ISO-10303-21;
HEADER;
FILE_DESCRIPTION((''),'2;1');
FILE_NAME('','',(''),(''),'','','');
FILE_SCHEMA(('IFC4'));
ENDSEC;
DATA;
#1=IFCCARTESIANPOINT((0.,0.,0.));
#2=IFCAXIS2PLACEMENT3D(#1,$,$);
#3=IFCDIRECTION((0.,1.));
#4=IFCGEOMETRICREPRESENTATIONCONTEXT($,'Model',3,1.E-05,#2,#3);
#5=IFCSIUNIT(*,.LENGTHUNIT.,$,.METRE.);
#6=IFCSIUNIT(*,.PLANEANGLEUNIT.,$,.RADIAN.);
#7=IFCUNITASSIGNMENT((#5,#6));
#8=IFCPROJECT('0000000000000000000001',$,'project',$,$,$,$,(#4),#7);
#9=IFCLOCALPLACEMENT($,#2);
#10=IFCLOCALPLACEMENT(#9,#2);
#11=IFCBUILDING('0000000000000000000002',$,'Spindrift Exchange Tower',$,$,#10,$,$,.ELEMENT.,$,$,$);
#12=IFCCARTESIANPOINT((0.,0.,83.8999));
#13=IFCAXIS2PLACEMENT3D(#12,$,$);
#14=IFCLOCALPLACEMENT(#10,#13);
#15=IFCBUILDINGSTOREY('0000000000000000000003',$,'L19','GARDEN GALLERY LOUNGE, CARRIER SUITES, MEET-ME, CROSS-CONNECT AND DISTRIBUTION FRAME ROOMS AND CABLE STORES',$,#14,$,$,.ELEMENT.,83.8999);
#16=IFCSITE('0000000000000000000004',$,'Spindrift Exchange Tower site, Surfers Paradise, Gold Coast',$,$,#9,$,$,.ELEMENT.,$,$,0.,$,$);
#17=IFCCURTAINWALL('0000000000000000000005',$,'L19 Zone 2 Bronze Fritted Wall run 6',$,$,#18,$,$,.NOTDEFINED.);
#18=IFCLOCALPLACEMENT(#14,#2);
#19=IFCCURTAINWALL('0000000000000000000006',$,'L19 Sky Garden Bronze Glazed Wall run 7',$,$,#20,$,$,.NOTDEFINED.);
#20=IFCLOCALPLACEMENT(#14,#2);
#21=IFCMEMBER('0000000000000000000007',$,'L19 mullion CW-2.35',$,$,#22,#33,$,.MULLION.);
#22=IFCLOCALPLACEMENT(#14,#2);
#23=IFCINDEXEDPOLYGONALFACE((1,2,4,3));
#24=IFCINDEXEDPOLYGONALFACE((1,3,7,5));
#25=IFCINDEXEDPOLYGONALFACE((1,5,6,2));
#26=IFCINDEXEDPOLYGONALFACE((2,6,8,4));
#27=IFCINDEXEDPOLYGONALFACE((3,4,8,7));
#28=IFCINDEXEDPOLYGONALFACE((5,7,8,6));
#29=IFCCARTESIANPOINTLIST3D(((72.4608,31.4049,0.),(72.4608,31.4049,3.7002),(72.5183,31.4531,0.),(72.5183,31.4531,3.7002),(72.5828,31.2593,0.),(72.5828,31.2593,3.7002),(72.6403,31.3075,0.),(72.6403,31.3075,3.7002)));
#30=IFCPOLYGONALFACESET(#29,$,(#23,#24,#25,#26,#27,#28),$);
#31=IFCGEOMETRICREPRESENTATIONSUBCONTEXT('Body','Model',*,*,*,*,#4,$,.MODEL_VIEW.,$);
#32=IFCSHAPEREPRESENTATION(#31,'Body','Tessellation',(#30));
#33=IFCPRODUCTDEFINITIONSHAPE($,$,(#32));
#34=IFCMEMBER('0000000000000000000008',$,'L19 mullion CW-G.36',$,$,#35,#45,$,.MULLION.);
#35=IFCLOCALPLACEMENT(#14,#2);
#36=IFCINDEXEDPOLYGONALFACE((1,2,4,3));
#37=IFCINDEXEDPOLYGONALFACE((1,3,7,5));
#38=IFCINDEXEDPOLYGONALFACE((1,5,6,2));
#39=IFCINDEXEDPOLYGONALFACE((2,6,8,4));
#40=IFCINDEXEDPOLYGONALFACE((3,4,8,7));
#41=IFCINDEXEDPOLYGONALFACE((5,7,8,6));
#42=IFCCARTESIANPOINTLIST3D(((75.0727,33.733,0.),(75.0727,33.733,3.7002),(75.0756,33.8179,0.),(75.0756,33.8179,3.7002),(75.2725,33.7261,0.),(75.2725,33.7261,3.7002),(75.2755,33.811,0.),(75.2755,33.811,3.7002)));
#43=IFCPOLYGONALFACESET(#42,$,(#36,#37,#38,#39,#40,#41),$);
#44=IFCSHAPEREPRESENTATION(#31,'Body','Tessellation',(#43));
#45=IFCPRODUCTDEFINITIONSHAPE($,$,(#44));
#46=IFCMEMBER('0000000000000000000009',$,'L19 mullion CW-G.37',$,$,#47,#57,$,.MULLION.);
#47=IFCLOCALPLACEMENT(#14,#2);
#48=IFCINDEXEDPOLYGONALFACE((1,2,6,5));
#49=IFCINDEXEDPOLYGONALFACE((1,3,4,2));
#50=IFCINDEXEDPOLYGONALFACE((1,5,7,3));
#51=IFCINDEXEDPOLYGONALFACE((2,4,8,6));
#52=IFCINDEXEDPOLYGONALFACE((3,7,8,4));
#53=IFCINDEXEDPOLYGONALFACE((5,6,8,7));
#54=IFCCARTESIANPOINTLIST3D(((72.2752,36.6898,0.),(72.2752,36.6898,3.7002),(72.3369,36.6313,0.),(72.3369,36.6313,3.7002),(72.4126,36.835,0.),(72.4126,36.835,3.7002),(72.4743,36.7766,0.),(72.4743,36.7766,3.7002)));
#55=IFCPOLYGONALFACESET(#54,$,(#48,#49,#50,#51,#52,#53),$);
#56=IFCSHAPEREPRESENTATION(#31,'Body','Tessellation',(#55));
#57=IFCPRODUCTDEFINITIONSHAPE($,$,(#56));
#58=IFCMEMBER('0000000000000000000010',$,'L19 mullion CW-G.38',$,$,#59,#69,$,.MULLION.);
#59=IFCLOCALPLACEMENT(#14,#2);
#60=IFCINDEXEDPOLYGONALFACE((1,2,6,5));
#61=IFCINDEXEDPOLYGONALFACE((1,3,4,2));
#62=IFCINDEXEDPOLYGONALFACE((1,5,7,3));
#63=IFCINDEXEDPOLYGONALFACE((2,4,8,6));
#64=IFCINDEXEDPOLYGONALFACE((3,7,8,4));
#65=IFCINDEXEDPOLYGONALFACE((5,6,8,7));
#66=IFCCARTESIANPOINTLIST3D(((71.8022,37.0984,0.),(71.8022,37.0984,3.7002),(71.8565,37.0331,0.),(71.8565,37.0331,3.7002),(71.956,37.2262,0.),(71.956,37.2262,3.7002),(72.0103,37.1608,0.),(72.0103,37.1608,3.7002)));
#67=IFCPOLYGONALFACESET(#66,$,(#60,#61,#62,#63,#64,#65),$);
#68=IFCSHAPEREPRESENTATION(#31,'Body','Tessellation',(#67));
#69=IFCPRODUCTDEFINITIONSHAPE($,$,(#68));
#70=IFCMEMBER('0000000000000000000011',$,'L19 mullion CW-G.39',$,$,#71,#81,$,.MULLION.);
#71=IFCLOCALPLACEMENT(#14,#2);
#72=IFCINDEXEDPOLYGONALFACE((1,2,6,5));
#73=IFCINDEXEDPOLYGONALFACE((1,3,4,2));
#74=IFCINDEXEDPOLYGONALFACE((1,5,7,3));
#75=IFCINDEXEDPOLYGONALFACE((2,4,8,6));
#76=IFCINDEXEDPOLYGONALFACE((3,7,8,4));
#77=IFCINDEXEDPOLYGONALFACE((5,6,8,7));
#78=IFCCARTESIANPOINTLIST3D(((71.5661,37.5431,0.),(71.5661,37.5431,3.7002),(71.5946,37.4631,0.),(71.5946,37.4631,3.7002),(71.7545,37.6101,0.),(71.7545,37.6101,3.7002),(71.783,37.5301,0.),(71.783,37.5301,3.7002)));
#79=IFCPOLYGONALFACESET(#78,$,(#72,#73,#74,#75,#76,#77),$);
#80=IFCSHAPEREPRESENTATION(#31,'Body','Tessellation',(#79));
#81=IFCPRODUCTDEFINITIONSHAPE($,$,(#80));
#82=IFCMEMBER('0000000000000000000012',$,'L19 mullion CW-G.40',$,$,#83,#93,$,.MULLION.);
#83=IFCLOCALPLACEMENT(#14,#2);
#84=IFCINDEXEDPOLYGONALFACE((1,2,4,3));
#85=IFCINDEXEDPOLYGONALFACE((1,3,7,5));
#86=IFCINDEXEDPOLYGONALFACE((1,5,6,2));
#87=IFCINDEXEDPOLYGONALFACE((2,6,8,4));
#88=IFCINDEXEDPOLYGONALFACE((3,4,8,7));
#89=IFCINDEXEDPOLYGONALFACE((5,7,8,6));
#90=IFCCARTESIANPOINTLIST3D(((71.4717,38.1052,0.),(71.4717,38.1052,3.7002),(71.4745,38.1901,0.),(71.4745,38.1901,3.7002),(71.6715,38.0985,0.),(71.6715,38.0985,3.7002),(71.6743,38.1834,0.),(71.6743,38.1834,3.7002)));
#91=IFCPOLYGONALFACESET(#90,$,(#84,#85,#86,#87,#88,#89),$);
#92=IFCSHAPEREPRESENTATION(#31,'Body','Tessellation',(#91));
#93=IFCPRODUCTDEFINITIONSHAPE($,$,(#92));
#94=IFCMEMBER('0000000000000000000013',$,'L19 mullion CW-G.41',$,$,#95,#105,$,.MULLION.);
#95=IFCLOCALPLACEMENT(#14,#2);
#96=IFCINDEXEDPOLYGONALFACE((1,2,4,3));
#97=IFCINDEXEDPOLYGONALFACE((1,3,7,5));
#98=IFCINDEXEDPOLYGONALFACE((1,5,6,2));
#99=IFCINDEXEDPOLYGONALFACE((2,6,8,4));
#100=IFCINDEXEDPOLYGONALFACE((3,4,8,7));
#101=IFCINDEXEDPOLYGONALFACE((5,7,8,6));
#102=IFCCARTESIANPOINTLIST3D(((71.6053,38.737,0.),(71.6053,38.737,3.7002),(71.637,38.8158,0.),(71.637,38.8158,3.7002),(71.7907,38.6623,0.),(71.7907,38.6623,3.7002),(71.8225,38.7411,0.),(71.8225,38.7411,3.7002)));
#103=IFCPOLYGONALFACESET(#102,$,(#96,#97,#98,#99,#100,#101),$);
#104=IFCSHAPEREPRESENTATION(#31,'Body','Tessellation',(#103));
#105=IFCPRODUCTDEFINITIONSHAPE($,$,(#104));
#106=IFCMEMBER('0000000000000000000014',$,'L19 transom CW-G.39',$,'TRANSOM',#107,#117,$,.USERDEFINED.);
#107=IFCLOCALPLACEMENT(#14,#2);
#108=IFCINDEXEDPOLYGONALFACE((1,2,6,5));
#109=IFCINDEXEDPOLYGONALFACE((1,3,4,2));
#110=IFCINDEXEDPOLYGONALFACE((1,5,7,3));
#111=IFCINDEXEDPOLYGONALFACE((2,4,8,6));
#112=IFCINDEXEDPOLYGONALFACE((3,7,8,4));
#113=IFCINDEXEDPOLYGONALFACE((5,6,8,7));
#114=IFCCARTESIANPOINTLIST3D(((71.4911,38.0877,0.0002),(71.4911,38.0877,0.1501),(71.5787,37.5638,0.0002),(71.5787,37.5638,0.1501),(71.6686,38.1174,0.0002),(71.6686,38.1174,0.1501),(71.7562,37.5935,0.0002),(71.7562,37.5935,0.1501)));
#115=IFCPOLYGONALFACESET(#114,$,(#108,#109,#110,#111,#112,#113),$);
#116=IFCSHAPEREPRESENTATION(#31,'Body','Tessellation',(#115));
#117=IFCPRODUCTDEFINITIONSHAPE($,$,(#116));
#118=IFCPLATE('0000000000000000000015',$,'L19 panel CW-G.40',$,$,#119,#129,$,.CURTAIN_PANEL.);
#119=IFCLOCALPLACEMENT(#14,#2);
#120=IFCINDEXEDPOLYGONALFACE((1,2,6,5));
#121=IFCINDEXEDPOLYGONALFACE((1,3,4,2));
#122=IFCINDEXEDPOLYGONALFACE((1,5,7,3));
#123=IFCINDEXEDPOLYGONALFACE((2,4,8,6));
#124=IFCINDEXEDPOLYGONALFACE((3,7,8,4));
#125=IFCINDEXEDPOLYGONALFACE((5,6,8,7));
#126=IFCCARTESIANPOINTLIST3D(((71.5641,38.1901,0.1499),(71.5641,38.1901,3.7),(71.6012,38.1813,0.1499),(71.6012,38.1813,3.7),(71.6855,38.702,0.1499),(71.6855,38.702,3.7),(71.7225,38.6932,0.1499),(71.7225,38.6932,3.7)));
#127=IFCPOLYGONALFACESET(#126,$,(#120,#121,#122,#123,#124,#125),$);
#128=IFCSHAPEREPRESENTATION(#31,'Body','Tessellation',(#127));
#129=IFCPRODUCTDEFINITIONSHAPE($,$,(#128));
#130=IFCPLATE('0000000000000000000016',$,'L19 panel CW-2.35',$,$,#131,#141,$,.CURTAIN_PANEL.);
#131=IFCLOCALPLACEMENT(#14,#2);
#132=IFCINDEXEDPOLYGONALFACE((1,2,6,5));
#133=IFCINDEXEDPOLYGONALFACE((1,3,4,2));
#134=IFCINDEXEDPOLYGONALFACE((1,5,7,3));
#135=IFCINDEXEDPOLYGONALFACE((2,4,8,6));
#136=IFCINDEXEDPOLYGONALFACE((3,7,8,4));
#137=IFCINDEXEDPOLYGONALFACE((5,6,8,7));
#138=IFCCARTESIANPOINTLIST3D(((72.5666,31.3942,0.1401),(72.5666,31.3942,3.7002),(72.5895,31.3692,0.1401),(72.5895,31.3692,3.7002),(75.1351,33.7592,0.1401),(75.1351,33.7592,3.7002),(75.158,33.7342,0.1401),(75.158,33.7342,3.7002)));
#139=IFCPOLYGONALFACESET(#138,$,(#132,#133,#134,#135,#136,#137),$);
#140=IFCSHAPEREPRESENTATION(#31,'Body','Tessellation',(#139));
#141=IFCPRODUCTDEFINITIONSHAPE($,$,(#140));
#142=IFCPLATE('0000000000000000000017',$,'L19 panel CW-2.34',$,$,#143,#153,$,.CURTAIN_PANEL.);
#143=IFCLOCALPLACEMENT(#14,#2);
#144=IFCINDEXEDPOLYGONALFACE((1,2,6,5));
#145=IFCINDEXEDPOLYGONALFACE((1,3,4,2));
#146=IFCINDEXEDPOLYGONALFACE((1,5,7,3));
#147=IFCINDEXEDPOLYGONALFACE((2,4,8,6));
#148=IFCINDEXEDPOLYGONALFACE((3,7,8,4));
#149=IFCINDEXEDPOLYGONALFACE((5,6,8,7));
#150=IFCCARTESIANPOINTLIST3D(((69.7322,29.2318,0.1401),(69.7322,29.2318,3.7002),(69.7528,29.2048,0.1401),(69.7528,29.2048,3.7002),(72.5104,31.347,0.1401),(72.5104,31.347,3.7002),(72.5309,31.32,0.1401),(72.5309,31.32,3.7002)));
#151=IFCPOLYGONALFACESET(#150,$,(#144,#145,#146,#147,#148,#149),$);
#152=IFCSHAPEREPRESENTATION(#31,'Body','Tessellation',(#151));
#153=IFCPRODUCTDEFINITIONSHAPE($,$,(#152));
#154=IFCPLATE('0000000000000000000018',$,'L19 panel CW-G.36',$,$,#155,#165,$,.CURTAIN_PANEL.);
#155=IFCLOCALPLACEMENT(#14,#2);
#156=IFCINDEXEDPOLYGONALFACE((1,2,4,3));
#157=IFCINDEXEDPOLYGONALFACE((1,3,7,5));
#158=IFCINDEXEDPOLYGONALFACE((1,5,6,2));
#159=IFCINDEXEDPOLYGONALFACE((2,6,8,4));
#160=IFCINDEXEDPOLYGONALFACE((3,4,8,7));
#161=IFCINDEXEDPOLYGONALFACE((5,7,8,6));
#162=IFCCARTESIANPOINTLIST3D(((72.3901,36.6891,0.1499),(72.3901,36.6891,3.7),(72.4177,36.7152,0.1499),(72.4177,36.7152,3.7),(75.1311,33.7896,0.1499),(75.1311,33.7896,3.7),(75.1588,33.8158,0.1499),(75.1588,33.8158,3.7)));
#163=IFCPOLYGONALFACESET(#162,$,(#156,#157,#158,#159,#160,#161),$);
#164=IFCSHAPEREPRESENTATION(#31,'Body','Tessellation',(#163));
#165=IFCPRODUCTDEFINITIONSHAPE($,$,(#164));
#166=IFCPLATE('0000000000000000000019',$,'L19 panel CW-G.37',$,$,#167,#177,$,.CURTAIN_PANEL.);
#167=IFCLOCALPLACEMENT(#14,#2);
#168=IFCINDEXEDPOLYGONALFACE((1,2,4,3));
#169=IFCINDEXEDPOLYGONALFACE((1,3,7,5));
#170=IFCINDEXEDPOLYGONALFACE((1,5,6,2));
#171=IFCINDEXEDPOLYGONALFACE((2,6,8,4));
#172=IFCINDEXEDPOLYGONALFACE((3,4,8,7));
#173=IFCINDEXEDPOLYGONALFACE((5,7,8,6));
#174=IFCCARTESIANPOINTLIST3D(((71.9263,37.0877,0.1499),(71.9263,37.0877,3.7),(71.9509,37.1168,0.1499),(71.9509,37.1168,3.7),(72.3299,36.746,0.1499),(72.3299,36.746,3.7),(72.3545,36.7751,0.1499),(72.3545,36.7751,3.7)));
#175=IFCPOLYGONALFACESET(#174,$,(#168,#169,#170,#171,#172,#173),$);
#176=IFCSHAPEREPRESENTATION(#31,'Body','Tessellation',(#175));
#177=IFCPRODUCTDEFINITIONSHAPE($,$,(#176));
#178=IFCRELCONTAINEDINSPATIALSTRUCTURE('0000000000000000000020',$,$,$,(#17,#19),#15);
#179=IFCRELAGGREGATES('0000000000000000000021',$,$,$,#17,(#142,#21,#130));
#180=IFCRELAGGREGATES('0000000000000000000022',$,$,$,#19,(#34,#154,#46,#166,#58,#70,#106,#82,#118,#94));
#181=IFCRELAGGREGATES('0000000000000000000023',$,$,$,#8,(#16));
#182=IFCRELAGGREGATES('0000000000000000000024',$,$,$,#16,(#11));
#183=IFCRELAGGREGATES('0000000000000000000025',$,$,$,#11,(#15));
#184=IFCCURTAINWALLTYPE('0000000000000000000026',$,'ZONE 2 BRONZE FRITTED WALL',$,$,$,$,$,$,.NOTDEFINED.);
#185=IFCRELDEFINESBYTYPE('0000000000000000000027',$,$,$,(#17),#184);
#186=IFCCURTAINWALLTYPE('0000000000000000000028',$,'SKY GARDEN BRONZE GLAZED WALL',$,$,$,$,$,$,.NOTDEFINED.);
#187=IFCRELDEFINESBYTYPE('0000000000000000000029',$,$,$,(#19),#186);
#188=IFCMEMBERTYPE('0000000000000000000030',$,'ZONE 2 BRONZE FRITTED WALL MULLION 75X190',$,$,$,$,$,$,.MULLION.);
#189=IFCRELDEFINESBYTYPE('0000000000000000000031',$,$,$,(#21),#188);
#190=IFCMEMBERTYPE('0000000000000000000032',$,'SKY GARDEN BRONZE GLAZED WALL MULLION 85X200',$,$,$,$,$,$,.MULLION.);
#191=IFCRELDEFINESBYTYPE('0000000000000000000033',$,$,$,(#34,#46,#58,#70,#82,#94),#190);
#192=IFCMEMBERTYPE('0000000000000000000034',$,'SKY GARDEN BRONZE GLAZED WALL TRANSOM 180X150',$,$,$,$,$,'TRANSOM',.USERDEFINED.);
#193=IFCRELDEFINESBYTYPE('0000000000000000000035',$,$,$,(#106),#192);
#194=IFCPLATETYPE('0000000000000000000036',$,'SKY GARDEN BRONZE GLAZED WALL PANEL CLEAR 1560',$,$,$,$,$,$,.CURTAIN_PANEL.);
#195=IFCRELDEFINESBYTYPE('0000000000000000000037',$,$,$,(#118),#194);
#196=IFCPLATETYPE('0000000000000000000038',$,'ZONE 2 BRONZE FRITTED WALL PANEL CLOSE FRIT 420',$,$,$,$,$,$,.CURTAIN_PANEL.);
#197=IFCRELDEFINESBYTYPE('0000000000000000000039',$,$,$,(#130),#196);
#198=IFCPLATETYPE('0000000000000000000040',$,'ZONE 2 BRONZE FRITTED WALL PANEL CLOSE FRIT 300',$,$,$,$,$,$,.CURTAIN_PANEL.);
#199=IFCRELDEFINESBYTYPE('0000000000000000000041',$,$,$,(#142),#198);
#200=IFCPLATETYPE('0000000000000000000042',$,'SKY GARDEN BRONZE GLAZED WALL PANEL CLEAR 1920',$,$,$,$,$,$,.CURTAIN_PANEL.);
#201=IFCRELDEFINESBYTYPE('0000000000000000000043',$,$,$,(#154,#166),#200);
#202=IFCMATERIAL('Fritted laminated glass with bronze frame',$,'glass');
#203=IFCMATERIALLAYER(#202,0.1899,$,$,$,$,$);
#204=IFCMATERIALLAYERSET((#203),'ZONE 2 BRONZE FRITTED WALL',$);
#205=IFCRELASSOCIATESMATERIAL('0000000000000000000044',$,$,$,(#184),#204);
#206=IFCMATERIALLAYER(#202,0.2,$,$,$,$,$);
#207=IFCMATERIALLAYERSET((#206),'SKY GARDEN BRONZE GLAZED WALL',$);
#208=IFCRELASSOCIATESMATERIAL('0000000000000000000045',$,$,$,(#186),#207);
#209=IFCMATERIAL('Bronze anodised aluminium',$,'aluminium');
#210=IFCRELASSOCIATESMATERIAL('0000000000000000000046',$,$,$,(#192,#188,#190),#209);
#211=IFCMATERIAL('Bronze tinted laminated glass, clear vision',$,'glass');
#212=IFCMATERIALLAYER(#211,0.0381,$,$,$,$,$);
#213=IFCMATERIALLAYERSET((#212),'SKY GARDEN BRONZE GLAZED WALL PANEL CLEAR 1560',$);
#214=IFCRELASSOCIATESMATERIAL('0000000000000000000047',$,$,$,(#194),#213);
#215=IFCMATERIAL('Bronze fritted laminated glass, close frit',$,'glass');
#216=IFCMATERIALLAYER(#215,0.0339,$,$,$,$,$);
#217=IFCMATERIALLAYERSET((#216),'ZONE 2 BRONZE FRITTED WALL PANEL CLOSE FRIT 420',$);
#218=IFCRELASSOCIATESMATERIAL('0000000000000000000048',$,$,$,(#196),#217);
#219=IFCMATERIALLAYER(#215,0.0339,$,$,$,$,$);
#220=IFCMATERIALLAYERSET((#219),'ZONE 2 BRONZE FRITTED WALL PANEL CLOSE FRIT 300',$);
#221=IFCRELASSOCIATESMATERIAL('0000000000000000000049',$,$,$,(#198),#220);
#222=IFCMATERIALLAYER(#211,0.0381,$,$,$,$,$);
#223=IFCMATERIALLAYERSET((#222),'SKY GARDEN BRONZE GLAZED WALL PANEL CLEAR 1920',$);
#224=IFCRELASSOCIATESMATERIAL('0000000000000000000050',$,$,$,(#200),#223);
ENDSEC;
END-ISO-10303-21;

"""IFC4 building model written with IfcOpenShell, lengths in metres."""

from ifc_helpers import new_model, si_unit, direction, frame, origin, origin_2d, place, context, subcontext, project, spatial, rectangle, extrude, source, transform, mapped, material, layer, layer_set, material_profile, profile_set, type_object, element, aggregate, save


model = new_model("IFC4")

# Units and contexts
model_context = context("Model", 3, precision=1e-05, world=origin(), true_north=direction((0.0, 1.0)))
body_context = subcontext(model_context, "Body", "Model", "MODEL_VIEW")
ifc_project = project(units=[si_unit("LENGTHUNIT", "METRE"), si_unit("PLANEANGLEUNIT", "RADIAN")], contexts=[model_context])

# Site, building, storey
site_placement = place(None, origin())
site = spatial("IfcSite", under=ifc_project, at=site_placement, Name="Spindrift Exchange Tower site, Surfers Paradise, Gold Coast", CompositionType="ELEMENT", RefElevation=0.0)
building_placement = place(site_placement, origin())
building = spatial("IfcBuilding", under=site, at=building_placement, Name="Spindrift Exchange Tower", CompositionType="ELEMENT")
storey_placement = place(building_placement, frame((0.0, 0.0, 83.8999)))
storey = spatial("IfcBuildingStorey", under=building, at=storey_placement, Name="L19", Description="GARDEN GALLERY LOUNGE, CARRIER SUITES, MEET-ME, CROSS-CONNECT AND DISTRIBUTION FRAME ROOMS AND CABLE STORES", CompositionType="ELEMENT", Elevation=83.8999)

# Curtain wall
ifc_material_1 = material(Name="Fritted laminated glass with bronze frame", Category="glass")
ifc_layer_1 = layer(ifc_material_1, 0.1899)
ifc_layer_set_1 = layer_set([ifc_layer_1], Name="ZONE 2 BRONZE FRITTED WALL")
curtain_wall_type_1 = type_object("IfcCurtainWallType", Name="ZONE 2 BRONZE FRITTED WALL", PredefinedType="NOTDEFINED", material=ifc_layer_set_1)
curtain_wall_1_placement = place(storey_placement, origin())
curtain_wall_1 = element("IfcCurtainWall", 1, at=curtain_wall_1_placement, inside=storey, type_object=curtain_wall_type_1, Name="L19 Zone 2 Bronze Fritted Wall run 6", PredefinedType="NOTDEFINED")
ifc_material_2 = material(Name="Bronze anodised aluminium", Category="aluminium")

# Curtain wall
ifc_layer_2 = layer(ifc_material_1, 0.2)
ifc_layer_set_2 = layer_set([ifc_layer_2], Name="SKY GARDEN BRONZE GLAZED WALL")
curtain_wall_type_2 = type_object("IfcCurtainWallType", Name="SKY GARDEN BRONZE GLAZED WALL", PredefinedType="NOTDEFINED", material=ifc_layer_set_2)
curtain_wall_2_placement = place(storey_placement, origin())
curtain_wall_2 = element("IfcCurtainWall", 2, at=curtain_wall_2_placement, inside=storey, type_object=curtain_wall_type_2, Name="L19 Sky Garden Bronze Glazed Wall run 7", PredefinedType="NOTDEFINED")
ifc_material_profile_1 = material_profile(ifc_material_2, rectangle(XDim=0.1799, YDim=0.1499, at=origin_2d()), Name="SKY GARDEN BRONZE GLAZED WALL TRANSOM 180X150")
ifc_profile_set_1 = profile_set([ifc_material_profile_1], Name="Bronze anodised aluminium")
member_type_1 = type_object("IfcMemberType", Name="SKY GARDEN BRONZE GLAZED WALL TRANSOM 180X150", ElementType="TRANSOM", PredefinedType="USERDEFINED", material=ifc_profile_set_1)

# Members
ifc_material_profile_2 = material_profile(ifc_material_2, rectangle(XDim=0.075, YDim=0.1899, at=origin_2d()), Name="ZONE 2 BRONZE FRITTED WALL MULLION 75X190")
ifc_profile_set_2 = profile_set([ifc_material_profile_2], Name="Bronze anodised aluminium")
member_type_2 = type_object("IfcMemberType", Name="ZONE 2 BRONZE FRITTED WALL MULLION 75X190", PredefinedType="MULLION", material=ifc_profile_set_2)
shared_shape_1 = source(origin(), body_context, "Body", "SweptSolid", [
    extrude(rectangle(XDim=0.075, YDim=0.1899, at=origin_2d()), origin(), (0.0, 0.0, 1.0), 3.7002),
])
member_1_placement = place(storey_placement, frame((72.5505, 31.3562, 0.0), z_axis=(0.0, 0.0, 1.0), x_axis=(0.766484, 0.642263, 0.0)))
member_1 = element("IfcMember", 3, at=member_1_placement, type_object=member_type_2, Name="L19 mullion CW-2.35", PredefinedType="MULLION", context=body_context, shape_type="MappedRepresentation", body=[
    mapped(shared_shape_1, transform((0.0, 0.0, 0.0), scale=1.0)),
])
ifc_material_profile_3 = material_profile(ifc_material_2, rectangle(XDim=0.085, YDim=0.2, at=origin_2d()), Name="SKY GARDEN BRONZE GLAZED WALL MULLION 85X200")
ifc_profile_set_3 = profile_set([ifc_material_profile_3], Name="Bronze anodised aluminium")
member_type_3 = type_object("IfcMemberType", Name="SKY GARDEN BRONZE GLAZED WALL MULLION 85X200", PredefinedType="MULLION", material=ifc_profile_set_3)
shared_shape_2 = source(origin(), body_context, "Body", "SweptSolid", [
    extrude(rectangle(XDim=0.085, YDim=0.2, at=origin_2d()), origin(), (0.0, 0.0, 1.0), 3.7002),
])
member_2_placement = place(storey_placement, frame((75.1741, 33.772, 0.0), z_axis=(0.0, 0.0, 1.0), x_axis=(0.034649, 0.9994, 0.0)))
member_2 = element("IfcMember", 4, at=member_2_placement, type_object=member_type_3, Name="L19 mullion CW-G.36", PredefinedType="MULLION", context=body_context, shape_type="MappedRepresentation", body=[
    mapped(shared_shape_2, transform((0.0, 0.0, 0.0), scale=1.0)),
])
member_3_placement = place(storey_placement, frame((72.3748, 36.7332, 0.0), z_axis=(0.0, 0.0, 1.0), x_axis=(-0.726234, 0.687447, 0.0)))
member_3 = element("IfcMember", 5, at=member_3_placement, type_object=member_type_3, Name="L19 mullion CW-G.37", PredefinedType="MULLION", context=body_context, shape_type="MappedRepresentation", body=[
    mapped(shared_shape_2, transform((0.0, 0.0, 0.0), scale=1.0)),
])
member_4_placement = place(storey_placement, frame((71.9062, 37.1296, 0.0), z_axis=(0.0, 0.0, 1.0), x_axis=(-0.638869, 0.769316, 0.0)))
member_4 = element("IfcMember", 6, at=member_4_placement, type_object=member_type_3, Name="L19 mullion CW-G.38", PredefinedType="MULLION", context=body_context, shape_type="MappedRepresentation", body=[
    mapped(shared_shape_2, transform((0.0, 0.0, 0.0), scale=1.0)),
])
member_5_placement = place(storey_placement, frame((71.6746, 37.5366, 0.0), z_axis=(0.0, 0.0, 1.0), x_axis=(-0.335063, 0.942196, 0.0)))
member_5 = element("IfcMember", 7, at=member_5_placement, type_object=member_type_3, Name="L19 mullion CW-G.39", PredefinedType="MULLION", context=body_context, shape_type="MappedRepresentation", body=[
    mapped(shared_shape_2, transform((0.0, 0.0, 0.0), scale=1.0)),
])
member_6_placement = place(storey_placement, frame((71.573, 38.1443, 0.0), z_axis=(0.0, 0.0, 1.0), x_axis=(0.033577, 0.999436, 0.0)))
member_6 = element("IfcMember", 8, at=member_6_placement, type_object=member_type_3, Name="L19 mullion CW-G.40", PredefinedType="MULLION", context=body_context, shape_type="MappedRepresentation", body=[
    mapped(shared_shape_2, transform((0.0, 0.0, 0.0), scale=1.0)),
])
member_7_placement = place(storey_placement, frame((71.7139, 38.739, 0.0), z_axis=(0.0, 0.0, 1.0), x_axis=(0.373639, 0.927574, 0.0)))
member_7 = element("IfcMember", 9, at=member_7_placement, type_object=member_type_3, Name="L19 mullion CW-G.41", PredefinedType="MULLION", context=body_context, shape_type="MappedRepresentation", body=[
    mapped(shared_shape_2, transform((0.0, 0.0, 0.0), scale=1.0)),
])
shared_shape_3 = source(origin(), body_context, "Body", "SweptSolid", [
    extrude(rectangle(XDim=0.1799, YDim=0.1499, at=origin_2d()), origin(), (0.0, 0.0, 1.0), 0.5312),
])
member_8_placement = place(storey_placement, frame((71.6675, 37.5786, 0.0752), z_axis=(-0.164995, 0.986294, 0.0), x_axis=(-0.986294, -0.164995, 0.0)))
member_8 = element("IfcMember", 10, at=member_8_placement, type_object=member_type_1, Name="L19 transom CW-G.39", ObjectType="TRANSOM", PredefinedType="USERDEFINED", context=body_context, shape_type="MappedRepresentation", body=[
    mapped(shared_shape_3, transform((0.0, 0.0, 0.0), scale=1.0)),
])

# Plates
ifc_material_3 = material(Name="Bronze tinted laminated glass, clear vision", Category="glass")
ifc_layer_3 = layer(ifc_material_3, 0.0381)
ifc_layer_set_3 = layer_set([ifc_layer_3], Name="SKY GARDEN BRONZE GLAZED WALL PANEL CLEAR 1560")
plate_type_1 = type_object("IfcPlateType", Name="SKY GARDEN BRONZE GLAZED WALL PANEL CLEAR 1560", PredefinedType="CURTAIN_PANEL", material=ifc_layer_set_3)
shared_shape_4 = source(origin(), body_context, "Body", "SweptSolid", [
    extrude(rectangle(XDim=0.5261, YDim=0.0381, at=origin_2d()), origin(), (0.0, 0.0, 1.0), 3.55),
])
plate_1_placement = place(storey_placement, frame((71.6433, 38.4417, 0.1499), z_axis=(0.0, 0.0, 1.0), x_axis=(0.230699, 0.973025, 0.0)))
plate_1 = element("IfcPlate", 11, at=plate_1_placement, type_object=plate_type_1, Name="L19 panel CW-G.40", PredefinedType="CURTAIN_PANEL", context=body_context, shape_type="MappedRepresentation", body=[
    mapped(shared_shape_4, transform((0.0, 0.0, 0.0), scale=1.0)),
])
ifc_material_4 = material(Name="Bronze fritted laminated glass, close frit", Category="glass")
ifc_layer_4 = layer(ifc_material_4, 0.0339)
ifc_layer_set_4 = layer_set([ifc_layer_4], Name="ZONE 2 BRONZE FRITTED WALL PANEL CLOSE FRIT 420")
plate_type_2 = type_object("IfcPlateType", Name="ZONE 2 BRONZE FRITTED WALL PANEL CLOSE FRIT 420", PredefinedType="CURTAIN_PANEL", material=ifc_layer_set_4)
shared_shape_5 = source(origin(), body_context, "Body", "SweptSolid", [
    extrude(rectangle(XDim=3.4915, YDim=0.0339, at=origin_2d()), origin(), (0.0, 0.0, 1.0), 3.5601),
])
plate_2_placement = place(storey_placement, frame((73.8623, 32.5642, 0.1401), z_axis=(0.0, 0.0, 1.0), x_axis=(0.735653, 0.677359, 0.0)))
plate_2 = element("IfcPlate", 12, at=plate_2_placement, type_object=plate_type_2, Name="L19 panel CW-2.35", PredefinedType="CURTAIN_PANEL", context=body_context, shape_type="MappedRepresentation", body=[
    mapped(shared_shape_5, transform((0.0, 0.0, 0.0), scale=1.0)),
])
ifc_layer_5 = layer(ifc_material_4, 0.0339)
ifc_layer_set_5 = layer_set([ifc_layer_5], Name="ZONE 2 BRONZE FRITTED WALL PANEL CLOSE FRIT 300")
plate_type_3 = type_object("IfcPlateType", Name="ZONE 2 BRONZE FRITTED WALL PANEL CLOSE FRIT 300", PredefinedType="CURTAIN_PANEL", material=ifc_layer_set_5)
shared_shape_6 = source(origin(), body_context, "Body", "SweptSolid", [
    extrude(rectangle(XDim=3.4917, YDim=0.0339, at=origin_2d()), origin(), (0.0, 0.0, 1.0), 3.5601),
])
plate_3_placement = place(storey_placement, frame((71.1316, 30.2759, 0.1401), z_axis=(0.0, 0.0, 1.0), x_axis=(0.795642, 0.605768, 0.0)))
plate_3 = element("IfcPlate", 13, at=plate_3_placement, type_object=plate_type_3, Name="L19 panel CW-2.34", PredefinedType="CURTAIN_PANEL", context=body_context, shape_type="MappedRepresentation", body=[
    mapped(shared_shape_6, transform((0.0, 0.0, 0.0), scale=1.0)),
])
aggregate(curtain_wall_1, [plate_3, member_1, plate_2])
ifc_layer_6 = layer(ifc_material_3, 0.0381)
ifc_layer_set_6 = layer_set([ifc_layer_6], Name="SKY GARDEN BRONZE GLAZED WALL PANEL CLEAR 1920")
plate_type_4 = type_object("IfcPlateType", Name="SKY GARDEN BRONZE GLAZED WALL PANEL CLEAR 1920", PredefinedType="CURTAIN_PANEL", material=ifc_layer_set_6)
shared_shape_7 = source(origin(), body_context, "Body", "SweptSolid", [
    extrude(rectangle(XDim=3.99, YDim=0.0381, at=origin_2d()), origin(), (0.0, 0.0, 1.0), 3.55),
])
plate_4_placement = place(storey_placement, frame((73.7744, 35.2524, 0.1499), z_axis=(0.0, 0.0, 1.0), x_axis=(-0.686975, 0.726681, 0.0)))
plate_4 = element("IfcPlate", 14, at=plate_4_placement, type_object=plate_type_4, Name="L19 panel CW-G.36", PredefinedType="CURTAIN_PANEL", context=body_context, shape_type="MappedRepresentation", body=[
    mapped(shared_shape_7, transform((0.0, 0.0, 0.0), scale=1.0)),
])
shared_shape_8 = source(origin(), body_context, "Body", "SweptSolid", [
    extrude(rectangle(XDim=0.5288, YDim=0.0381, at=origin_2d()), origin(), (0.0, 0.0, 1.0), 3.55),
])
plate_5_placement = place(storey_placement, frame((72.1404, 36.9314, 0.1499), z_axis=(0.0, 0.0, 1.0), x_axis=(-0.763256, 0.646096, 0.0)))
plate_5 = element("IfcPlate", 15, at=plate_5_placement, type_object=plate_type_4, Name="L19 panel CW-G.37", PredefinedType="CURTAIN_PANEL", context=body_context, shape_type="MappedRepresentation", body=[
    mapped(shared_shape_8, transform((0.0, 0.0, 0.0), scale=1.0)),
])
aggregate(curtain_wall_2, [member_2, plate_4, member_3, plate_5, member_4, member_5, member_8, member_6, plate_1, member_7])

save(model, "model.ifc")
